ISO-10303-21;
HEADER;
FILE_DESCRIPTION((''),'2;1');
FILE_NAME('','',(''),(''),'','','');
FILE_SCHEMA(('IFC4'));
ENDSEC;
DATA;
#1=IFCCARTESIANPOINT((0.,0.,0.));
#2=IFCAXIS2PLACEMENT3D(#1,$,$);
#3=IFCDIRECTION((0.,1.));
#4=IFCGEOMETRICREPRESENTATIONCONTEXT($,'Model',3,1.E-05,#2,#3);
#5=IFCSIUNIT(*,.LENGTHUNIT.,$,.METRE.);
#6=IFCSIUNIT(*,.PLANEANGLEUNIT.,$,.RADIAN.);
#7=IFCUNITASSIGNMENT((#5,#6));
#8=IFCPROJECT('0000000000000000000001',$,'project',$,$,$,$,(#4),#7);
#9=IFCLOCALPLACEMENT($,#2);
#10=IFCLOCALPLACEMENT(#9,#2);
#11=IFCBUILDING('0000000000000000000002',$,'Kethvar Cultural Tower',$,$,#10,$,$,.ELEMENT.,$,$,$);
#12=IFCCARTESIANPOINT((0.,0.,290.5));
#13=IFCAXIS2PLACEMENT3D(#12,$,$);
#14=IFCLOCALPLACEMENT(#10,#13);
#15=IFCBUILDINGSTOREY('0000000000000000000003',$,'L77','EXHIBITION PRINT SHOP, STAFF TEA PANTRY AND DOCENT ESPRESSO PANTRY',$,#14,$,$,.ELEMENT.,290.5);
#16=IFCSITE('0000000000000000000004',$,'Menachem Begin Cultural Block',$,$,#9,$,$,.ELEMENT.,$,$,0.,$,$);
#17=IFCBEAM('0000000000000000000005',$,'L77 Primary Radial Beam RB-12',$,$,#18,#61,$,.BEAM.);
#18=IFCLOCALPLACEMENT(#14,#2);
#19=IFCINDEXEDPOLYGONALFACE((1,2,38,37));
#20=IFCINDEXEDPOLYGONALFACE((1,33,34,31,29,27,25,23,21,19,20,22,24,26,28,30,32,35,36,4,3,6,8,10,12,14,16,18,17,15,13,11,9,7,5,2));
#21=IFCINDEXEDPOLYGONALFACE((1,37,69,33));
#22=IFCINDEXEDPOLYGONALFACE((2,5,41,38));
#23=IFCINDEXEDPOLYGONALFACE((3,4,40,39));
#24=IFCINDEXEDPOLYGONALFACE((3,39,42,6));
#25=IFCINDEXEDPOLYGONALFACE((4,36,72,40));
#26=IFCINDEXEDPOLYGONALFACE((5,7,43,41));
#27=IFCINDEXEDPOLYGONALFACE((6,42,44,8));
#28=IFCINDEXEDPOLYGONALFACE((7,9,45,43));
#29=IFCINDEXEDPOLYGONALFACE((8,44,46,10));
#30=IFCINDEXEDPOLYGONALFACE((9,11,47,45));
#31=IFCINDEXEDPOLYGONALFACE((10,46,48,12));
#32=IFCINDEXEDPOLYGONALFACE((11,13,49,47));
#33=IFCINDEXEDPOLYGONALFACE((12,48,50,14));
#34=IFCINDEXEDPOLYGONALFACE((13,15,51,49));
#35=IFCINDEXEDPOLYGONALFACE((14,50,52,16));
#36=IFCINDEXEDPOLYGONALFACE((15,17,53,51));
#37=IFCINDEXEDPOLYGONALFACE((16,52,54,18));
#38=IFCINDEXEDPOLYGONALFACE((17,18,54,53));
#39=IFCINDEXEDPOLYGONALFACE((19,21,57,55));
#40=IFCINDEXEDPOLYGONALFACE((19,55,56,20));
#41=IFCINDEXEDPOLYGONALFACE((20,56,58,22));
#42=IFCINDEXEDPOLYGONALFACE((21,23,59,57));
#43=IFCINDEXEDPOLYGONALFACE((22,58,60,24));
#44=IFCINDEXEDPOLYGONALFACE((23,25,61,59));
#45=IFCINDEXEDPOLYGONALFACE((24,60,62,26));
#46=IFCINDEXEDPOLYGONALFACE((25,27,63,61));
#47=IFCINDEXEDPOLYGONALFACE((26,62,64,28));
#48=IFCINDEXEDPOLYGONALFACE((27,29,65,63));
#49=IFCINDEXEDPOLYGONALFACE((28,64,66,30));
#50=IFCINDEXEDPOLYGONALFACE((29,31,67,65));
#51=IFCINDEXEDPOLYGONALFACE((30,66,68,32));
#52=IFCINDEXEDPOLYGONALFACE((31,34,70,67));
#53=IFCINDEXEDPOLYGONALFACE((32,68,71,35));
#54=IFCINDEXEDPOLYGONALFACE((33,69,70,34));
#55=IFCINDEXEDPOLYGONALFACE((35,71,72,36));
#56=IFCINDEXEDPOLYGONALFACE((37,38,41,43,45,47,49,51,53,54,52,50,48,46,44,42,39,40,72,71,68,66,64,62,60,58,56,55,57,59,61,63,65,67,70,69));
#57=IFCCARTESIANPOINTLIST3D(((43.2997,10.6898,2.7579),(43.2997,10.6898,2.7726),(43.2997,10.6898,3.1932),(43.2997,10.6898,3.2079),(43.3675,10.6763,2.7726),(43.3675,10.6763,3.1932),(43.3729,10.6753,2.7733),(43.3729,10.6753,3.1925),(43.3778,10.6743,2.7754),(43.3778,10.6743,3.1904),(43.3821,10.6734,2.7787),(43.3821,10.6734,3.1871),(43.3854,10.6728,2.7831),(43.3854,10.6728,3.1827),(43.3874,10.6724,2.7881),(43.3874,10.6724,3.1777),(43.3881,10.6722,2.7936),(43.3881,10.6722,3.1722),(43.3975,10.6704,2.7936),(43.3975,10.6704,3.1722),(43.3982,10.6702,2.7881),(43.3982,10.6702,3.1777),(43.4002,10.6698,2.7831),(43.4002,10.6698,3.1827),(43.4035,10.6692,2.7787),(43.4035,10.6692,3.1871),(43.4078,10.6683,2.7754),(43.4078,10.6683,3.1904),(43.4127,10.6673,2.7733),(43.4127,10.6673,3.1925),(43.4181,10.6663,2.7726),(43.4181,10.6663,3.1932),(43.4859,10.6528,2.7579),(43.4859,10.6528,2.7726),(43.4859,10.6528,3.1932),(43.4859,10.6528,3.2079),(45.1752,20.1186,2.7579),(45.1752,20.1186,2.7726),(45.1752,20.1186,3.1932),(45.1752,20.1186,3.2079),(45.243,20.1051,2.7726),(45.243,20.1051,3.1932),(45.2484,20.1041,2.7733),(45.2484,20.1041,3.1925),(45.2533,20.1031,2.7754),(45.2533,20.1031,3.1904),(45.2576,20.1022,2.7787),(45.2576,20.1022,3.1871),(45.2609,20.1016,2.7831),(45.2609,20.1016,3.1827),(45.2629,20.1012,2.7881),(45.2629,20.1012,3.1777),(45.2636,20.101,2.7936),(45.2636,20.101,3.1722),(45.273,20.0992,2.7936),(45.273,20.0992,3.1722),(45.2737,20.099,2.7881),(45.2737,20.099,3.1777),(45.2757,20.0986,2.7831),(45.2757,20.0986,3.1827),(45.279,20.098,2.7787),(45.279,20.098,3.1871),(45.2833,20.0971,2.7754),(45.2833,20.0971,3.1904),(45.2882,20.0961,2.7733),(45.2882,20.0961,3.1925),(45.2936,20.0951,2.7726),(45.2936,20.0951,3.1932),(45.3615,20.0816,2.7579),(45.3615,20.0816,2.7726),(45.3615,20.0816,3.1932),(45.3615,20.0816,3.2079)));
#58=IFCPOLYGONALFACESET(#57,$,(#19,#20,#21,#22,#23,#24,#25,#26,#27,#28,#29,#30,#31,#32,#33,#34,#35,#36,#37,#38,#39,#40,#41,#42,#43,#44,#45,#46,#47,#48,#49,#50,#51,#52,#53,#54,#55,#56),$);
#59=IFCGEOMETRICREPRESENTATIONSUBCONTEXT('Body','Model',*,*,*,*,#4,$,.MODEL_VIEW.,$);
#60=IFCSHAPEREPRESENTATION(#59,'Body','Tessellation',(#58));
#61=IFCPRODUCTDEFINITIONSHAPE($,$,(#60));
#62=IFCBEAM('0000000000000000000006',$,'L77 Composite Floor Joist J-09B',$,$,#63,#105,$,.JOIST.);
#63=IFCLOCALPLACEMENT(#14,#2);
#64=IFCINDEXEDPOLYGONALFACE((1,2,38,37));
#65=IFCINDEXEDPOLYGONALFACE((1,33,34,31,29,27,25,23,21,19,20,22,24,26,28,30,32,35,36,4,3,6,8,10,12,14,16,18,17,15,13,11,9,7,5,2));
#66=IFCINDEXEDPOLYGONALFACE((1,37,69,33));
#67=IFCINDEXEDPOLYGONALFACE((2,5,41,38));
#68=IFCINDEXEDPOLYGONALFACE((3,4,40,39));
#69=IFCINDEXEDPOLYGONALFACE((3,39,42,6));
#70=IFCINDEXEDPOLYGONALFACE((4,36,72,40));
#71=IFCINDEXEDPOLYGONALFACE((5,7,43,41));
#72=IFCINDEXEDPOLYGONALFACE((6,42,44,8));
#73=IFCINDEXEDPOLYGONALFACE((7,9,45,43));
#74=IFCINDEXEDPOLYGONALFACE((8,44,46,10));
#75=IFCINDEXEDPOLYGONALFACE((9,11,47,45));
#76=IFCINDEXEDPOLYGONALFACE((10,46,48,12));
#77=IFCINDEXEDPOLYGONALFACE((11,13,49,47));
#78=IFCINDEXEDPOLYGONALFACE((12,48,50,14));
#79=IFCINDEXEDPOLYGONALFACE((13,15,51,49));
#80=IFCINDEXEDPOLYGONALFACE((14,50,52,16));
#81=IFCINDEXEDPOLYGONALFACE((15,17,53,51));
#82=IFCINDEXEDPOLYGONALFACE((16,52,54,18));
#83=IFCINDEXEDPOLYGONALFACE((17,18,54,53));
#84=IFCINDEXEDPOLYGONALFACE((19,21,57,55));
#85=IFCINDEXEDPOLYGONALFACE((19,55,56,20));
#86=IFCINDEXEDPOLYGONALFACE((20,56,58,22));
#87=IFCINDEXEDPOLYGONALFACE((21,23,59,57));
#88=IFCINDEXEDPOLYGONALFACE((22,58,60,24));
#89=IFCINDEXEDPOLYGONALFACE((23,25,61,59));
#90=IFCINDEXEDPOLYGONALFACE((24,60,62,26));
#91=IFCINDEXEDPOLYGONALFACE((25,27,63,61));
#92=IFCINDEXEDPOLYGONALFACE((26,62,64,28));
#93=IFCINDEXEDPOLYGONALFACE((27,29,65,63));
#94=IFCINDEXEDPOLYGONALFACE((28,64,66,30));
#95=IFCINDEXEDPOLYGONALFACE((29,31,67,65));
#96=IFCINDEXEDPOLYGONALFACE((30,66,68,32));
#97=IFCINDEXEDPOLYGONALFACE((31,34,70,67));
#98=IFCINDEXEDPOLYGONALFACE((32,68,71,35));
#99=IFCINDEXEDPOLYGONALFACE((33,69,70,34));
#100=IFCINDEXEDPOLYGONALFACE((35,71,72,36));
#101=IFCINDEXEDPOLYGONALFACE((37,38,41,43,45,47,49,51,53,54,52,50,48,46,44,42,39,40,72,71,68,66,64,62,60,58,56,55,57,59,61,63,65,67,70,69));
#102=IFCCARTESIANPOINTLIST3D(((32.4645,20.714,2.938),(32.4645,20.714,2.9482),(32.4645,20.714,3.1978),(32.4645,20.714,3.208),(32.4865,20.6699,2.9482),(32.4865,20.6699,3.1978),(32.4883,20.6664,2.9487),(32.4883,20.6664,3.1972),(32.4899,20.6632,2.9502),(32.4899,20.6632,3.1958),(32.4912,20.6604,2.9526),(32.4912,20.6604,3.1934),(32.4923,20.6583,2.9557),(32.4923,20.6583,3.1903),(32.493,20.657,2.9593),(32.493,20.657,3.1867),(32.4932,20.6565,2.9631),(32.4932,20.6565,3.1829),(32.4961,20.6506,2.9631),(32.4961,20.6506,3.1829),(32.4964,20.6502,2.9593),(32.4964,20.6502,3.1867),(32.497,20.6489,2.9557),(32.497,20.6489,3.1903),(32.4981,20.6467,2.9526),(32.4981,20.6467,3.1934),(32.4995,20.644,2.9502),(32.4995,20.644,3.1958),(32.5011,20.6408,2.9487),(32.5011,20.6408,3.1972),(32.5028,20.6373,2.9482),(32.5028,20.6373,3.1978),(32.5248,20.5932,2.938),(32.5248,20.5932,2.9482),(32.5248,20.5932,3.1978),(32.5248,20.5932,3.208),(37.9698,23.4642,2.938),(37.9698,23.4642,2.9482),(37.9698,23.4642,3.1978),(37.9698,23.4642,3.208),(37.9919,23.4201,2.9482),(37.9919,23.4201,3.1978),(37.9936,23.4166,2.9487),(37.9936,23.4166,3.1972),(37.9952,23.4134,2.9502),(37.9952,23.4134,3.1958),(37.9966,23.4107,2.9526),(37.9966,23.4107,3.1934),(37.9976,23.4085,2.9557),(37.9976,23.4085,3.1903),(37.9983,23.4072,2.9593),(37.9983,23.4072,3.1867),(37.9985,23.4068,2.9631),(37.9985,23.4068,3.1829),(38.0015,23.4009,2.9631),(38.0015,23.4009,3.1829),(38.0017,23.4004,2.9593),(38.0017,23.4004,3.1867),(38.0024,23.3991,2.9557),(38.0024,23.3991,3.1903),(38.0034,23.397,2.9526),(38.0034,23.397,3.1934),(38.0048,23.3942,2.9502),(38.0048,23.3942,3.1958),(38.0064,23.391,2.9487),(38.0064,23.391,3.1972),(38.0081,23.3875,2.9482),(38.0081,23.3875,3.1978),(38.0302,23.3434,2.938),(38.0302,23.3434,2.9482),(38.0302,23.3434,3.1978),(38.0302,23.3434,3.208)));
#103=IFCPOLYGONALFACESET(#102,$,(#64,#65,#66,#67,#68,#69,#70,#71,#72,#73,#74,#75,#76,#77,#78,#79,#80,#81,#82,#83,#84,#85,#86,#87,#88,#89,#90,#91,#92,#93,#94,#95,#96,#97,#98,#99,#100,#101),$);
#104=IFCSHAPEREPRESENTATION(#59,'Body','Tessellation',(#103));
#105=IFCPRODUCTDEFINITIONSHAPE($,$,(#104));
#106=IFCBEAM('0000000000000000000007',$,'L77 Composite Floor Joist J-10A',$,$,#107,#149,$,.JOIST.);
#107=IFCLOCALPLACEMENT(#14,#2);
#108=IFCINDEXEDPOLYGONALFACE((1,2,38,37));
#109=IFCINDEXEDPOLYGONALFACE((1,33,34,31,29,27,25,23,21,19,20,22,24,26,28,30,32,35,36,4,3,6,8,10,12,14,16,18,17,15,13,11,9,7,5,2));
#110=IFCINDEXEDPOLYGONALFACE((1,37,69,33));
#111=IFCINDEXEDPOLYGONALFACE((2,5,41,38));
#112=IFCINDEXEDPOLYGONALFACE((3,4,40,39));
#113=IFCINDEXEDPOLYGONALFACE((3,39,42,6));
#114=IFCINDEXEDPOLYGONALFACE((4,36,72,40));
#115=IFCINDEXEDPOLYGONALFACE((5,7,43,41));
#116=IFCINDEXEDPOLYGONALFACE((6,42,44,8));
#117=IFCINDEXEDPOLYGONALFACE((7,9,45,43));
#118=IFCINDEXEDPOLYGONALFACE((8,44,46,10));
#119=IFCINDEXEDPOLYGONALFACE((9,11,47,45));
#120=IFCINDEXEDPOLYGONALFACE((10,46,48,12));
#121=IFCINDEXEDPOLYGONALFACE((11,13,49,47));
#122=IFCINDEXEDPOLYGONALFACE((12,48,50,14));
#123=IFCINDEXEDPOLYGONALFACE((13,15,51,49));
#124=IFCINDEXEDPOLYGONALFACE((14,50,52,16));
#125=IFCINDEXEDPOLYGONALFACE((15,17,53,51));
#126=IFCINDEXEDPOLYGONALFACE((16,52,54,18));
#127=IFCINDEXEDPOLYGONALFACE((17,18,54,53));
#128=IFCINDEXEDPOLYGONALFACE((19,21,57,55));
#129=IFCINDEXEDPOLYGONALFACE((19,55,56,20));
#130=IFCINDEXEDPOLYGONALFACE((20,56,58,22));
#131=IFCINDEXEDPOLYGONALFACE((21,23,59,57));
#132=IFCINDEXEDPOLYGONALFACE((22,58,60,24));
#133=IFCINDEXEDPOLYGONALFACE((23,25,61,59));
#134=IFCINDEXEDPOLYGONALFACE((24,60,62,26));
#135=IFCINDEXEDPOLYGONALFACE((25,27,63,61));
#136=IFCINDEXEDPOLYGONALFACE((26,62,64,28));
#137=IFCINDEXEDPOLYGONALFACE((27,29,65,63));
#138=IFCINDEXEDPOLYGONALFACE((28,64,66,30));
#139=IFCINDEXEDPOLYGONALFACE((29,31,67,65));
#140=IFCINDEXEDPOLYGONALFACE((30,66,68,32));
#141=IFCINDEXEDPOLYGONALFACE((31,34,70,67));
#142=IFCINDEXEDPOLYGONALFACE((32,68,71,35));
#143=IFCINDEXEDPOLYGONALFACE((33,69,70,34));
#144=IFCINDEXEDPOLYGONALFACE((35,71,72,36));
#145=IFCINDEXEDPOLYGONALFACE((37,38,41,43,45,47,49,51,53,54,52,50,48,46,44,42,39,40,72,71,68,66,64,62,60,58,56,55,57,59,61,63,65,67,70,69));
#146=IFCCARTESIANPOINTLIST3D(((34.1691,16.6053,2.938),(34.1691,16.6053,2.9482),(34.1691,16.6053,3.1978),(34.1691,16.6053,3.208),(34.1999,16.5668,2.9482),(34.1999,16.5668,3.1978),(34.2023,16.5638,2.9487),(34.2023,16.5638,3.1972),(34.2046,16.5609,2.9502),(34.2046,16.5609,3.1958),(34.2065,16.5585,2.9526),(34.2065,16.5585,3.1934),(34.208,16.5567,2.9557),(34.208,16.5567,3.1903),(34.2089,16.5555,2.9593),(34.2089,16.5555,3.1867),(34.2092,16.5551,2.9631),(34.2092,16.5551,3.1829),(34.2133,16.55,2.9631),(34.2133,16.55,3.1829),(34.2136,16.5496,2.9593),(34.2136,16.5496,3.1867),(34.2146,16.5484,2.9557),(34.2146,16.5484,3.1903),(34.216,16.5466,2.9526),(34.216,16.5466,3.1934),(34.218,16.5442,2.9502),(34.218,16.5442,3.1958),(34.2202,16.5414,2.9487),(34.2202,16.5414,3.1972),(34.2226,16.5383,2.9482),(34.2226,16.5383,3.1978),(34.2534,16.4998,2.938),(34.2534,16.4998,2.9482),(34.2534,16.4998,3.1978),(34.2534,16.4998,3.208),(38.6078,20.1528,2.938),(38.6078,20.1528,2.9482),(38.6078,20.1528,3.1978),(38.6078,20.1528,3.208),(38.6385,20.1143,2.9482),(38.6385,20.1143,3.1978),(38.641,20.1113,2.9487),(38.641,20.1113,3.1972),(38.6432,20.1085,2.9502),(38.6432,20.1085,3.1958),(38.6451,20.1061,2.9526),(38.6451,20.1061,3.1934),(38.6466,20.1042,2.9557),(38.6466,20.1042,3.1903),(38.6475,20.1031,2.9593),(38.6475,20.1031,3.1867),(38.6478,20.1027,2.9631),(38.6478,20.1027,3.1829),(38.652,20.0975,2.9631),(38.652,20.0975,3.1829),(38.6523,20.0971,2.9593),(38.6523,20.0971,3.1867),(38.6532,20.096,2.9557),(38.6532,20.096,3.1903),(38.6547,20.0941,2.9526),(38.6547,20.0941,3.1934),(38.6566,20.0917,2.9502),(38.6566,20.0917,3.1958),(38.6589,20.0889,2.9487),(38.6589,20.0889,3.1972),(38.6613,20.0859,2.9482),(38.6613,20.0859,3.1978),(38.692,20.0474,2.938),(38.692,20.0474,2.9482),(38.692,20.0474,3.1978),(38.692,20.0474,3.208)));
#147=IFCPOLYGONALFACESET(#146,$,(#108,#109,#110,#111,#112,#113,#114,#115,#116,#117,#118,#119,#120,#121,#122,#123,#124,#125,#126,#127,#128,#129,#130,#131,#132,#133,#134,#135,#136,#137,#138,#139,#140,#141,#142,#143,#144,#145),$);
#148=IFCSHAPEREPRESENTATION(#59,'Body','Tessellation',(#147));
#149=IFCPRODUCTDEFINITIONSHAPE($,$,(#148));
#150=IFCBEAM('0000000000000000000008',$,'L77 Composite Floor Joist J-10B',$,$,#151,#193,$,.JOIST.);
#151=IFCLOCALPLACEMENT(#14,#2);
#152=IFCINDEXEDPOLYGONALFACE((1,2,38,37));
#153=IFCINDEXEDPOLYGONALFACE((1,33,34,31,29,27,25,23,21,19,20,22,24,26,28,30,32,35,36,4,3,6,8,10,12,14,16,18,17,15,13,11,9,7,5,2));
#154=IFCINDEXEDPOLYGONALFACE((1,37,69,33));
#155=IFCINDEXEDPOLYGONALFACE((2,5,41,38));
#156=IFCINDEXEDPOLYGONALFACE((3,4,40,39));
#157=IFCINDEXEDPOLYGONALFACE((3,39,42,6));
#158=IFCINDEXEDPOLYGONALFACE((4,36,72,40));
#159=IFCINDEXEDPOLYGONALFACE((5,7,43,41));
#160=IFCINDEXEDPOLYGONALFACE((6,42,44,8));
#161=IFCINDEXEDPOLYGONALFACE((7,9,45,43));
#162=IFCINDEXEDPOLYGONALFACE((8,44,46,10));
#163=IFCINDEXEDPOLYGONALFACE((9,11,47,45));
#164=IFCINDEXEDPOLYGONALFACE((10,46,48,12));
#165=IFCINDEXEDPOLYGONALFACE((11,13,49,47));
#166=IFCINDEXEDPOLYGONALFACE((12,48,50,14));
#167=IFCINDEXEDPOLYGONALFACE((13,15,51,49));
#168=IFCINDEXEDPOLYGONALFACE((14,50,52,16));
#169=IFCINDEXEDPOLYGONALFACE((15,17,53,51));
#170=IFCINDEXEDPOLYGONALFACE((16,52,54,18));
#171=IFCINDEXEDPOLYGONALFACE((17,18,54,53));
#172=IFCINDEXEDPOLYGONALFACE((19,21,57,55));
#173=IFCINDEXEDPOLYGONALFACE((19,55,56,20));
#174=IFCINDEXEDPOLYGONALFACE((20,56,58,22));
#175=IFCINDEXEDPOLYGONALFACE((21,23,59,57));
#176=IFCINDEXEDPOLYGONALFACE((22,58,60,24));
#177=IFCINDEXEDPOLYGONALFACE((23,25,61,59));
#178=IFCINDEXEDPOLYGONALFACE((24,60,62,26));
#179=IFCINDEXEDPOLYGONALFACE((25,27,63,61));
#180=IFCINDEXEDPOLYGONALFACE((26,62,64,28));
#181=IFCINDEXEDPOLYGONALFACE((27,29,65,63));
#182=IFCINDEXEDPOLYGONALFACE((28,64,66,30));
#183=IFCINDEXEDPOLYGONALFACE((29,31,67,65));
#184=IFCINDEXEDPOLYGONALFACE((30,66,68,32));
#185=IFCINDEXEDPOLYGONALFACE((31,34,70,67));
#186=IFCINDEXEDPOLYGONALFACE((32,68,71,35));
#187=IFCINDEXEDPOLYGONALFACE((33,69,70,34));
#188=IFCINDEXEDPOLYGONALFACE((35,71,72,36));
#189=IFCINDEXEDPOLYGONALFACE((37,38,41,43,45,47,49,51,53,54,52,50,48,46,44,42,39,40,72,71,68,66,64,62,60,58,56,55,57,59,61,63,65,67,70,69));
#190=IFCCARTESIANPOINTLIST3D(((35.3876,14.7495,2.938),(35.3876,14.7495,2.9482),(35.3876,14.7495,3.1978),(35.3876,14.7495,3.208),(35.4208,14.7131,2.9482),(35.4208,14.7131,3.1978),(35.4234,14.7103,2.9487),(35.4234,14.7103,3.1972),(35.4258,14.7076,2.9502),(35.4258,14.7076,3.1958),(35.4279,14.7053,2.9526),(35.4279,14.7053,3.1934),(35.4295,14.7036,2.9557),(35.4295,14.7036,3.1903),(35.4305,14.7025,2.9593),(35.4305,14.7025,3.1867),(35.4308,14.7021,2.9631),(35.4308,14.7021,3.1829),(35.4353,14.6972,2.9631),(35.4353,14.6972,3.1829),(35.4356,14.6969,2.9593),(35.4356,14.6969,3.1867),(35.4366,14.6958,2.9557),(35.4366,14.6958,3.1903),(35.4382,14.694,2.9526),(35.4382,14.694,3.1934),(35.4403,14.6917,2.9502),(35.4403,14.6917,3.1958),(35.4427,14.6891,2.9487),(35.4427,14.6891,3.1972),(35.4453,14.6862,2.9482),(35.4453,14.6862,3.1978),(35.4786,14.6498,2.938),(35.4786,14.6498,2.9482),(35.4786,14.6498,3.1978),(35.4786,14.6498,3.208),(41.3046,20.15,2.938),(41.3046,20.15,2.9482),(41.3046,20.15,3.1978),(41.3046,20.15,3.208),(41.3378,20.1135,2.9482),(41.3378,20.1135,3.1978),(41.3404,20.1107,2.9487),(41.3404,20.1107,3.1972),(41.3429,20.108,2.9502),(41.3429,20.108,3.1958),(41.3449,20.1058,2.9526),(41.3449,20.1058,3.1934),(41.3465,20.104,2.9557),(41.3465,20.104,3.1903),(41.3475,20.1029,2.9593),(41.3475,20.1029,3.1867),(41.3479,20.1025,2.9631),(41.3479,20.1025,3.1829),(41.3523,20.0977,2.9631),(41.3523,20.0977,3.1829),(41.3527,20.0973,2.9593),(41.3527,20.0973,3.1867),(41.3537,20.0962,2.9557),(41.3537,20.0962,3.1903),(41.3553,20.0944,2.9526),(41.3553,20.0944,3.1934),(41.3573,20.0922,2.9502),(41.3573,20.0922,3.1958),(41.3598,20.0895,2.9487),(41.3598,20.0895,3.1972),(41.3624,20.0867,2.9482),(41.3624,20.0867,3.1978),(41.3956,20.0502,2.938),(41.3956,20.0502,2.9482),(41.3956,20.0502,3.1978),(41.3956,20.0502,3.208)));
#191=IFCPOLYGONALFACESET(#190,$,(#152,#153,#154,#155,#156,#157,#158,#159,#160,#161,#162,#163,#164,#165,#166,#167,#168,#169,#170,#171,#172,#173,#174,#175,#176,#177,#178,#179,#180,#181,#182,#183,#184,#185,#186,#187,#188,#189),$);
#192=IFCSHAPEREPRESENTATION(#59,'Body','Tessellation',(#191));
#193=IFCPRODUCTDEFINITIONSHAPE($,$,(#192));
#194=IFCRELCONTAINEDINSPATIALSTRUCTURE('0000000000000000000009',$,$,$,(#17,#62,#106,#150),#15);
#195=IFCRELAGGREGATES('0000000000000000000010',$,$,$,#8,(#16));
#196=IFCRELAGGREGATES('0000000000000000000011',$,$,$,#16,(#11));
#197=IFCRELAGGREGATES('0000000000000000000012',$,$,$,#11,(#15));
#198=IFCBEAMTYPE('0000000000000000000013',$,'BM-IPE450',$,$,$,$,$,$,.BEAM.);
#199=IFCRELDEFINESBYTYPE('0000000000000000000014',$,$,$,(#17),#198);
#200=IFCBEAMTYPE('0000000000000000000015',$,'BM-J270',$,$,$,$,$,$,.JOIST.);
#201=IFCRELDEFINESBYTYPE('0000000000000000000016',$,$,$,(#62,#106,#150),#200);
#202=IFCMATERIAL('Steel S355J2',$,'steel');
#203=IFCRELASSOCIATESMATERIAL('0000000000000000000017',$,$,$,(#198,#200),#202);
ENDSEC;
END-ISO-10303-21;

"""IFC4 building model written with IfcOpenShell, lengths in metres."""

from ifc_helpers import new_model, si_unit, direction, frame, origin, origin_2d, place, context, subcontext, project, spatial, i_section, extrude, source, transform, mapped, material, material_profile, profile_set, type_object, element, save


model = new_model("IFC4")

# Units and contexts
model_context = context("Model", 3, precision=1e-05, world=origin(), true_north=direction((0.0, 1.0)))
body_context = subcontext(model_context, "Body", "Model", "MODEL_VIEW")
ifc_project = project(units=[si_unit("LENGTHUNIT", "METRE"), si_unit("PLANEANGLEUNIT", "RADIAN")], contexts=[model_context])

# Site, building, storey
site_placement = place(None, origin())
site = spatial("IfcSite", under=ifc_project, at=site_placement, Name="Menachem Begin Cultural Block", CompositionType="ELEMENT", RefElevation=0.0)
building_placement = place(site_placement, origin())
building = spatial("IfcBuilding", under=site, at=building_placement, Name="Kethvar Cultural Tower", CompositionType="ELEMENT")
storey_placement = place(building_placement, frame((0.0, 0.0, 290.5)))
storey = spatial("IfcBuildingStorey", under=building, at=storey_placement, Name="L77", Description="EXHIBITION PRINT SHOP, STAFF TEA PANTRY AND DOCENT ESPRESSO PANTRY", CompositionType="ELEMENT", Elevation=290.5)

# Shared definitions
ifc_material_1 = material(Name="Steel S355J2", Category="steel")

# Beams
ifc_material_profile_1 = material_profile(ifc_material_1, i_section(OverallWidth=0.1899, OverallDepth=0.45, WebThickness=0.0095, FlangeThickness=0.0146, FilletRadius=0.021, at=origin_2d()), Name="Steel S355J2 — IPE450")
ifc_profile_set_1 = profile_set([ifc_material_profile_1], Name="Steel S355J2 — IPE450")
beam_type_1 = type_object("IfcBeamType", Name="BM-IPE450", PredefinedType="BEAM", material=ifc_profile_set_1)
shared_shape_1 = source(origin(), body_context, "Body", "SweptSolid", [
    extrude(i_section(OverallWidth=0.1899, OverallDepth=0.45, WebThickness=0.0095, FlangeThickness=0.0146, FilletRadius=0.021, at=origin_2d()), origin(), (0.0, 0.0, 1.0), 9.6135),
])
beam_1_placement = place(storey_placement, frame((45.2683, 20.1001, 2.9829), z_axis=(-0.19509, -0.980785, 0.0), x_axis=(0.980785, -0.19509, 0.0)))
element("IfcBeam", 1, at=beam_1_placement, inside=storey, type_object=beam_type_1, Name="L77 Primary Radial Beam RB-12", PredefinedType="BEAM", context=body_context, shape_type="MappedRepresentation", body=[
    mapped(shared_shape_1, transform((0.0, 0.0, 0.0), scale=1.0)),
])
ifc_material_profile_2 = material_profile(ifc_material_1, i_section(OverallWidth=0.135, OverallDepth=0.27, WebThickness=0.0066, FlangeThickness=0.0103, FilletRadius=0.0149, at=origin_2d()), Name="Steel S355J2 — IPE270")
ifc_profile_set_2 = profile_set([ifc_material_profile_2], Name="Steel S355J2 — IPE270")
beam_type_2 = type_object("IfcBeamType", Name="BM-J270", PredefinedType="JOIST", material=ifc_profile_set_2)
shared_shape_2 = source(origin(), body_context, "Body", "SweptSolid", [
    extrude(i_section(OverallWidth=0.135, OverallDepth=0.27, WebThickness=0.0066, FlangeThickness=0.0103, FilletRadius=0.0149, at=origin_2d()), origin(), (0.0, 0.0, 1.0), 6.1541),
])
beam_2_placement = place(storey_placement, frame((38.0, 23.4038, 3.073), z_axis=(-0.894586, -0.446896, 0.0), x_axis=(0.446896, -0.894586, 0.0)))
element("IfcBeam", 2, at=beam_2_placement, inside=storey, type_object=beam_type_2, Name="L77 Composite Floor Joist J-09B", PredefinedType="JOIST", context=body_context, shape_type="MappedRepresentation", body=[
    mapped(shared_shape_2, transform((0.0, 0.0, 0.0), scale=1.0)),
])
shared_shape_3 = source(origin(), body_context, "Body", "SweptSolid", [
    extrude(i_section(OverallWidth=0.135, OverallDepth=0.27, WebThickness=0.0066, FlangeThickness=0.0103, FilletRadius=0.0149, at=origin_2d()), origin(), (0.0, 0.0, 1.0), 5.6821),
])
beam_3_placement = place(storey_placement, frame((38.6499, 20.1001, 3.073), z_axis=(-0.781158, -0.624333, 0.0), x_axis=(0.624333, -0.781158, 0.0)))
element("IfcBeam", 3, at=beam_3_placement, inside=storey, type_object=beam_type_2, Name="L77 Composite Floor Joist J-10A", PredefinedType="JOIST", context=body_context, shape_type="MappedRepresentation", body=[
    mapped(shared_shape_3, transform((0.0, 0.0, 0.0), scale=1.0)),
])
shared_shape_4 = source(origin(), body_context, "Body", "SweptSolid", [
    extrude(i_section(OverallWidth=0.135, OverallDepth=0.27, WebThickness=0.0066, FlangeThickness=0.0103, FilletRadius=0.0149, at=origin_2d()), origin(), (0.0, 0.0, 1.0), 8.011),
])
beam_4_placement = place(storey_placement, frame((41.3501, 20.1001, 3.073), z_axis=(-0.738615, -0.674128, 0.0), x_axis=(0.674128, -0.738615, 0.0)))
element("IfcBeam", 4, at=beam_4_placement, inside=storey, type_object=beam_type_2, Name="L77 Composite Floor Joist J-10B", PredefinedType="JOIST", context=body_context, shape_type="MappedRepresentation", body=[
    mapped(shared_shape_4, transform((0.0, 0.0, 0.0), scale=1.0)),
])

save(model, "model.ifc")
